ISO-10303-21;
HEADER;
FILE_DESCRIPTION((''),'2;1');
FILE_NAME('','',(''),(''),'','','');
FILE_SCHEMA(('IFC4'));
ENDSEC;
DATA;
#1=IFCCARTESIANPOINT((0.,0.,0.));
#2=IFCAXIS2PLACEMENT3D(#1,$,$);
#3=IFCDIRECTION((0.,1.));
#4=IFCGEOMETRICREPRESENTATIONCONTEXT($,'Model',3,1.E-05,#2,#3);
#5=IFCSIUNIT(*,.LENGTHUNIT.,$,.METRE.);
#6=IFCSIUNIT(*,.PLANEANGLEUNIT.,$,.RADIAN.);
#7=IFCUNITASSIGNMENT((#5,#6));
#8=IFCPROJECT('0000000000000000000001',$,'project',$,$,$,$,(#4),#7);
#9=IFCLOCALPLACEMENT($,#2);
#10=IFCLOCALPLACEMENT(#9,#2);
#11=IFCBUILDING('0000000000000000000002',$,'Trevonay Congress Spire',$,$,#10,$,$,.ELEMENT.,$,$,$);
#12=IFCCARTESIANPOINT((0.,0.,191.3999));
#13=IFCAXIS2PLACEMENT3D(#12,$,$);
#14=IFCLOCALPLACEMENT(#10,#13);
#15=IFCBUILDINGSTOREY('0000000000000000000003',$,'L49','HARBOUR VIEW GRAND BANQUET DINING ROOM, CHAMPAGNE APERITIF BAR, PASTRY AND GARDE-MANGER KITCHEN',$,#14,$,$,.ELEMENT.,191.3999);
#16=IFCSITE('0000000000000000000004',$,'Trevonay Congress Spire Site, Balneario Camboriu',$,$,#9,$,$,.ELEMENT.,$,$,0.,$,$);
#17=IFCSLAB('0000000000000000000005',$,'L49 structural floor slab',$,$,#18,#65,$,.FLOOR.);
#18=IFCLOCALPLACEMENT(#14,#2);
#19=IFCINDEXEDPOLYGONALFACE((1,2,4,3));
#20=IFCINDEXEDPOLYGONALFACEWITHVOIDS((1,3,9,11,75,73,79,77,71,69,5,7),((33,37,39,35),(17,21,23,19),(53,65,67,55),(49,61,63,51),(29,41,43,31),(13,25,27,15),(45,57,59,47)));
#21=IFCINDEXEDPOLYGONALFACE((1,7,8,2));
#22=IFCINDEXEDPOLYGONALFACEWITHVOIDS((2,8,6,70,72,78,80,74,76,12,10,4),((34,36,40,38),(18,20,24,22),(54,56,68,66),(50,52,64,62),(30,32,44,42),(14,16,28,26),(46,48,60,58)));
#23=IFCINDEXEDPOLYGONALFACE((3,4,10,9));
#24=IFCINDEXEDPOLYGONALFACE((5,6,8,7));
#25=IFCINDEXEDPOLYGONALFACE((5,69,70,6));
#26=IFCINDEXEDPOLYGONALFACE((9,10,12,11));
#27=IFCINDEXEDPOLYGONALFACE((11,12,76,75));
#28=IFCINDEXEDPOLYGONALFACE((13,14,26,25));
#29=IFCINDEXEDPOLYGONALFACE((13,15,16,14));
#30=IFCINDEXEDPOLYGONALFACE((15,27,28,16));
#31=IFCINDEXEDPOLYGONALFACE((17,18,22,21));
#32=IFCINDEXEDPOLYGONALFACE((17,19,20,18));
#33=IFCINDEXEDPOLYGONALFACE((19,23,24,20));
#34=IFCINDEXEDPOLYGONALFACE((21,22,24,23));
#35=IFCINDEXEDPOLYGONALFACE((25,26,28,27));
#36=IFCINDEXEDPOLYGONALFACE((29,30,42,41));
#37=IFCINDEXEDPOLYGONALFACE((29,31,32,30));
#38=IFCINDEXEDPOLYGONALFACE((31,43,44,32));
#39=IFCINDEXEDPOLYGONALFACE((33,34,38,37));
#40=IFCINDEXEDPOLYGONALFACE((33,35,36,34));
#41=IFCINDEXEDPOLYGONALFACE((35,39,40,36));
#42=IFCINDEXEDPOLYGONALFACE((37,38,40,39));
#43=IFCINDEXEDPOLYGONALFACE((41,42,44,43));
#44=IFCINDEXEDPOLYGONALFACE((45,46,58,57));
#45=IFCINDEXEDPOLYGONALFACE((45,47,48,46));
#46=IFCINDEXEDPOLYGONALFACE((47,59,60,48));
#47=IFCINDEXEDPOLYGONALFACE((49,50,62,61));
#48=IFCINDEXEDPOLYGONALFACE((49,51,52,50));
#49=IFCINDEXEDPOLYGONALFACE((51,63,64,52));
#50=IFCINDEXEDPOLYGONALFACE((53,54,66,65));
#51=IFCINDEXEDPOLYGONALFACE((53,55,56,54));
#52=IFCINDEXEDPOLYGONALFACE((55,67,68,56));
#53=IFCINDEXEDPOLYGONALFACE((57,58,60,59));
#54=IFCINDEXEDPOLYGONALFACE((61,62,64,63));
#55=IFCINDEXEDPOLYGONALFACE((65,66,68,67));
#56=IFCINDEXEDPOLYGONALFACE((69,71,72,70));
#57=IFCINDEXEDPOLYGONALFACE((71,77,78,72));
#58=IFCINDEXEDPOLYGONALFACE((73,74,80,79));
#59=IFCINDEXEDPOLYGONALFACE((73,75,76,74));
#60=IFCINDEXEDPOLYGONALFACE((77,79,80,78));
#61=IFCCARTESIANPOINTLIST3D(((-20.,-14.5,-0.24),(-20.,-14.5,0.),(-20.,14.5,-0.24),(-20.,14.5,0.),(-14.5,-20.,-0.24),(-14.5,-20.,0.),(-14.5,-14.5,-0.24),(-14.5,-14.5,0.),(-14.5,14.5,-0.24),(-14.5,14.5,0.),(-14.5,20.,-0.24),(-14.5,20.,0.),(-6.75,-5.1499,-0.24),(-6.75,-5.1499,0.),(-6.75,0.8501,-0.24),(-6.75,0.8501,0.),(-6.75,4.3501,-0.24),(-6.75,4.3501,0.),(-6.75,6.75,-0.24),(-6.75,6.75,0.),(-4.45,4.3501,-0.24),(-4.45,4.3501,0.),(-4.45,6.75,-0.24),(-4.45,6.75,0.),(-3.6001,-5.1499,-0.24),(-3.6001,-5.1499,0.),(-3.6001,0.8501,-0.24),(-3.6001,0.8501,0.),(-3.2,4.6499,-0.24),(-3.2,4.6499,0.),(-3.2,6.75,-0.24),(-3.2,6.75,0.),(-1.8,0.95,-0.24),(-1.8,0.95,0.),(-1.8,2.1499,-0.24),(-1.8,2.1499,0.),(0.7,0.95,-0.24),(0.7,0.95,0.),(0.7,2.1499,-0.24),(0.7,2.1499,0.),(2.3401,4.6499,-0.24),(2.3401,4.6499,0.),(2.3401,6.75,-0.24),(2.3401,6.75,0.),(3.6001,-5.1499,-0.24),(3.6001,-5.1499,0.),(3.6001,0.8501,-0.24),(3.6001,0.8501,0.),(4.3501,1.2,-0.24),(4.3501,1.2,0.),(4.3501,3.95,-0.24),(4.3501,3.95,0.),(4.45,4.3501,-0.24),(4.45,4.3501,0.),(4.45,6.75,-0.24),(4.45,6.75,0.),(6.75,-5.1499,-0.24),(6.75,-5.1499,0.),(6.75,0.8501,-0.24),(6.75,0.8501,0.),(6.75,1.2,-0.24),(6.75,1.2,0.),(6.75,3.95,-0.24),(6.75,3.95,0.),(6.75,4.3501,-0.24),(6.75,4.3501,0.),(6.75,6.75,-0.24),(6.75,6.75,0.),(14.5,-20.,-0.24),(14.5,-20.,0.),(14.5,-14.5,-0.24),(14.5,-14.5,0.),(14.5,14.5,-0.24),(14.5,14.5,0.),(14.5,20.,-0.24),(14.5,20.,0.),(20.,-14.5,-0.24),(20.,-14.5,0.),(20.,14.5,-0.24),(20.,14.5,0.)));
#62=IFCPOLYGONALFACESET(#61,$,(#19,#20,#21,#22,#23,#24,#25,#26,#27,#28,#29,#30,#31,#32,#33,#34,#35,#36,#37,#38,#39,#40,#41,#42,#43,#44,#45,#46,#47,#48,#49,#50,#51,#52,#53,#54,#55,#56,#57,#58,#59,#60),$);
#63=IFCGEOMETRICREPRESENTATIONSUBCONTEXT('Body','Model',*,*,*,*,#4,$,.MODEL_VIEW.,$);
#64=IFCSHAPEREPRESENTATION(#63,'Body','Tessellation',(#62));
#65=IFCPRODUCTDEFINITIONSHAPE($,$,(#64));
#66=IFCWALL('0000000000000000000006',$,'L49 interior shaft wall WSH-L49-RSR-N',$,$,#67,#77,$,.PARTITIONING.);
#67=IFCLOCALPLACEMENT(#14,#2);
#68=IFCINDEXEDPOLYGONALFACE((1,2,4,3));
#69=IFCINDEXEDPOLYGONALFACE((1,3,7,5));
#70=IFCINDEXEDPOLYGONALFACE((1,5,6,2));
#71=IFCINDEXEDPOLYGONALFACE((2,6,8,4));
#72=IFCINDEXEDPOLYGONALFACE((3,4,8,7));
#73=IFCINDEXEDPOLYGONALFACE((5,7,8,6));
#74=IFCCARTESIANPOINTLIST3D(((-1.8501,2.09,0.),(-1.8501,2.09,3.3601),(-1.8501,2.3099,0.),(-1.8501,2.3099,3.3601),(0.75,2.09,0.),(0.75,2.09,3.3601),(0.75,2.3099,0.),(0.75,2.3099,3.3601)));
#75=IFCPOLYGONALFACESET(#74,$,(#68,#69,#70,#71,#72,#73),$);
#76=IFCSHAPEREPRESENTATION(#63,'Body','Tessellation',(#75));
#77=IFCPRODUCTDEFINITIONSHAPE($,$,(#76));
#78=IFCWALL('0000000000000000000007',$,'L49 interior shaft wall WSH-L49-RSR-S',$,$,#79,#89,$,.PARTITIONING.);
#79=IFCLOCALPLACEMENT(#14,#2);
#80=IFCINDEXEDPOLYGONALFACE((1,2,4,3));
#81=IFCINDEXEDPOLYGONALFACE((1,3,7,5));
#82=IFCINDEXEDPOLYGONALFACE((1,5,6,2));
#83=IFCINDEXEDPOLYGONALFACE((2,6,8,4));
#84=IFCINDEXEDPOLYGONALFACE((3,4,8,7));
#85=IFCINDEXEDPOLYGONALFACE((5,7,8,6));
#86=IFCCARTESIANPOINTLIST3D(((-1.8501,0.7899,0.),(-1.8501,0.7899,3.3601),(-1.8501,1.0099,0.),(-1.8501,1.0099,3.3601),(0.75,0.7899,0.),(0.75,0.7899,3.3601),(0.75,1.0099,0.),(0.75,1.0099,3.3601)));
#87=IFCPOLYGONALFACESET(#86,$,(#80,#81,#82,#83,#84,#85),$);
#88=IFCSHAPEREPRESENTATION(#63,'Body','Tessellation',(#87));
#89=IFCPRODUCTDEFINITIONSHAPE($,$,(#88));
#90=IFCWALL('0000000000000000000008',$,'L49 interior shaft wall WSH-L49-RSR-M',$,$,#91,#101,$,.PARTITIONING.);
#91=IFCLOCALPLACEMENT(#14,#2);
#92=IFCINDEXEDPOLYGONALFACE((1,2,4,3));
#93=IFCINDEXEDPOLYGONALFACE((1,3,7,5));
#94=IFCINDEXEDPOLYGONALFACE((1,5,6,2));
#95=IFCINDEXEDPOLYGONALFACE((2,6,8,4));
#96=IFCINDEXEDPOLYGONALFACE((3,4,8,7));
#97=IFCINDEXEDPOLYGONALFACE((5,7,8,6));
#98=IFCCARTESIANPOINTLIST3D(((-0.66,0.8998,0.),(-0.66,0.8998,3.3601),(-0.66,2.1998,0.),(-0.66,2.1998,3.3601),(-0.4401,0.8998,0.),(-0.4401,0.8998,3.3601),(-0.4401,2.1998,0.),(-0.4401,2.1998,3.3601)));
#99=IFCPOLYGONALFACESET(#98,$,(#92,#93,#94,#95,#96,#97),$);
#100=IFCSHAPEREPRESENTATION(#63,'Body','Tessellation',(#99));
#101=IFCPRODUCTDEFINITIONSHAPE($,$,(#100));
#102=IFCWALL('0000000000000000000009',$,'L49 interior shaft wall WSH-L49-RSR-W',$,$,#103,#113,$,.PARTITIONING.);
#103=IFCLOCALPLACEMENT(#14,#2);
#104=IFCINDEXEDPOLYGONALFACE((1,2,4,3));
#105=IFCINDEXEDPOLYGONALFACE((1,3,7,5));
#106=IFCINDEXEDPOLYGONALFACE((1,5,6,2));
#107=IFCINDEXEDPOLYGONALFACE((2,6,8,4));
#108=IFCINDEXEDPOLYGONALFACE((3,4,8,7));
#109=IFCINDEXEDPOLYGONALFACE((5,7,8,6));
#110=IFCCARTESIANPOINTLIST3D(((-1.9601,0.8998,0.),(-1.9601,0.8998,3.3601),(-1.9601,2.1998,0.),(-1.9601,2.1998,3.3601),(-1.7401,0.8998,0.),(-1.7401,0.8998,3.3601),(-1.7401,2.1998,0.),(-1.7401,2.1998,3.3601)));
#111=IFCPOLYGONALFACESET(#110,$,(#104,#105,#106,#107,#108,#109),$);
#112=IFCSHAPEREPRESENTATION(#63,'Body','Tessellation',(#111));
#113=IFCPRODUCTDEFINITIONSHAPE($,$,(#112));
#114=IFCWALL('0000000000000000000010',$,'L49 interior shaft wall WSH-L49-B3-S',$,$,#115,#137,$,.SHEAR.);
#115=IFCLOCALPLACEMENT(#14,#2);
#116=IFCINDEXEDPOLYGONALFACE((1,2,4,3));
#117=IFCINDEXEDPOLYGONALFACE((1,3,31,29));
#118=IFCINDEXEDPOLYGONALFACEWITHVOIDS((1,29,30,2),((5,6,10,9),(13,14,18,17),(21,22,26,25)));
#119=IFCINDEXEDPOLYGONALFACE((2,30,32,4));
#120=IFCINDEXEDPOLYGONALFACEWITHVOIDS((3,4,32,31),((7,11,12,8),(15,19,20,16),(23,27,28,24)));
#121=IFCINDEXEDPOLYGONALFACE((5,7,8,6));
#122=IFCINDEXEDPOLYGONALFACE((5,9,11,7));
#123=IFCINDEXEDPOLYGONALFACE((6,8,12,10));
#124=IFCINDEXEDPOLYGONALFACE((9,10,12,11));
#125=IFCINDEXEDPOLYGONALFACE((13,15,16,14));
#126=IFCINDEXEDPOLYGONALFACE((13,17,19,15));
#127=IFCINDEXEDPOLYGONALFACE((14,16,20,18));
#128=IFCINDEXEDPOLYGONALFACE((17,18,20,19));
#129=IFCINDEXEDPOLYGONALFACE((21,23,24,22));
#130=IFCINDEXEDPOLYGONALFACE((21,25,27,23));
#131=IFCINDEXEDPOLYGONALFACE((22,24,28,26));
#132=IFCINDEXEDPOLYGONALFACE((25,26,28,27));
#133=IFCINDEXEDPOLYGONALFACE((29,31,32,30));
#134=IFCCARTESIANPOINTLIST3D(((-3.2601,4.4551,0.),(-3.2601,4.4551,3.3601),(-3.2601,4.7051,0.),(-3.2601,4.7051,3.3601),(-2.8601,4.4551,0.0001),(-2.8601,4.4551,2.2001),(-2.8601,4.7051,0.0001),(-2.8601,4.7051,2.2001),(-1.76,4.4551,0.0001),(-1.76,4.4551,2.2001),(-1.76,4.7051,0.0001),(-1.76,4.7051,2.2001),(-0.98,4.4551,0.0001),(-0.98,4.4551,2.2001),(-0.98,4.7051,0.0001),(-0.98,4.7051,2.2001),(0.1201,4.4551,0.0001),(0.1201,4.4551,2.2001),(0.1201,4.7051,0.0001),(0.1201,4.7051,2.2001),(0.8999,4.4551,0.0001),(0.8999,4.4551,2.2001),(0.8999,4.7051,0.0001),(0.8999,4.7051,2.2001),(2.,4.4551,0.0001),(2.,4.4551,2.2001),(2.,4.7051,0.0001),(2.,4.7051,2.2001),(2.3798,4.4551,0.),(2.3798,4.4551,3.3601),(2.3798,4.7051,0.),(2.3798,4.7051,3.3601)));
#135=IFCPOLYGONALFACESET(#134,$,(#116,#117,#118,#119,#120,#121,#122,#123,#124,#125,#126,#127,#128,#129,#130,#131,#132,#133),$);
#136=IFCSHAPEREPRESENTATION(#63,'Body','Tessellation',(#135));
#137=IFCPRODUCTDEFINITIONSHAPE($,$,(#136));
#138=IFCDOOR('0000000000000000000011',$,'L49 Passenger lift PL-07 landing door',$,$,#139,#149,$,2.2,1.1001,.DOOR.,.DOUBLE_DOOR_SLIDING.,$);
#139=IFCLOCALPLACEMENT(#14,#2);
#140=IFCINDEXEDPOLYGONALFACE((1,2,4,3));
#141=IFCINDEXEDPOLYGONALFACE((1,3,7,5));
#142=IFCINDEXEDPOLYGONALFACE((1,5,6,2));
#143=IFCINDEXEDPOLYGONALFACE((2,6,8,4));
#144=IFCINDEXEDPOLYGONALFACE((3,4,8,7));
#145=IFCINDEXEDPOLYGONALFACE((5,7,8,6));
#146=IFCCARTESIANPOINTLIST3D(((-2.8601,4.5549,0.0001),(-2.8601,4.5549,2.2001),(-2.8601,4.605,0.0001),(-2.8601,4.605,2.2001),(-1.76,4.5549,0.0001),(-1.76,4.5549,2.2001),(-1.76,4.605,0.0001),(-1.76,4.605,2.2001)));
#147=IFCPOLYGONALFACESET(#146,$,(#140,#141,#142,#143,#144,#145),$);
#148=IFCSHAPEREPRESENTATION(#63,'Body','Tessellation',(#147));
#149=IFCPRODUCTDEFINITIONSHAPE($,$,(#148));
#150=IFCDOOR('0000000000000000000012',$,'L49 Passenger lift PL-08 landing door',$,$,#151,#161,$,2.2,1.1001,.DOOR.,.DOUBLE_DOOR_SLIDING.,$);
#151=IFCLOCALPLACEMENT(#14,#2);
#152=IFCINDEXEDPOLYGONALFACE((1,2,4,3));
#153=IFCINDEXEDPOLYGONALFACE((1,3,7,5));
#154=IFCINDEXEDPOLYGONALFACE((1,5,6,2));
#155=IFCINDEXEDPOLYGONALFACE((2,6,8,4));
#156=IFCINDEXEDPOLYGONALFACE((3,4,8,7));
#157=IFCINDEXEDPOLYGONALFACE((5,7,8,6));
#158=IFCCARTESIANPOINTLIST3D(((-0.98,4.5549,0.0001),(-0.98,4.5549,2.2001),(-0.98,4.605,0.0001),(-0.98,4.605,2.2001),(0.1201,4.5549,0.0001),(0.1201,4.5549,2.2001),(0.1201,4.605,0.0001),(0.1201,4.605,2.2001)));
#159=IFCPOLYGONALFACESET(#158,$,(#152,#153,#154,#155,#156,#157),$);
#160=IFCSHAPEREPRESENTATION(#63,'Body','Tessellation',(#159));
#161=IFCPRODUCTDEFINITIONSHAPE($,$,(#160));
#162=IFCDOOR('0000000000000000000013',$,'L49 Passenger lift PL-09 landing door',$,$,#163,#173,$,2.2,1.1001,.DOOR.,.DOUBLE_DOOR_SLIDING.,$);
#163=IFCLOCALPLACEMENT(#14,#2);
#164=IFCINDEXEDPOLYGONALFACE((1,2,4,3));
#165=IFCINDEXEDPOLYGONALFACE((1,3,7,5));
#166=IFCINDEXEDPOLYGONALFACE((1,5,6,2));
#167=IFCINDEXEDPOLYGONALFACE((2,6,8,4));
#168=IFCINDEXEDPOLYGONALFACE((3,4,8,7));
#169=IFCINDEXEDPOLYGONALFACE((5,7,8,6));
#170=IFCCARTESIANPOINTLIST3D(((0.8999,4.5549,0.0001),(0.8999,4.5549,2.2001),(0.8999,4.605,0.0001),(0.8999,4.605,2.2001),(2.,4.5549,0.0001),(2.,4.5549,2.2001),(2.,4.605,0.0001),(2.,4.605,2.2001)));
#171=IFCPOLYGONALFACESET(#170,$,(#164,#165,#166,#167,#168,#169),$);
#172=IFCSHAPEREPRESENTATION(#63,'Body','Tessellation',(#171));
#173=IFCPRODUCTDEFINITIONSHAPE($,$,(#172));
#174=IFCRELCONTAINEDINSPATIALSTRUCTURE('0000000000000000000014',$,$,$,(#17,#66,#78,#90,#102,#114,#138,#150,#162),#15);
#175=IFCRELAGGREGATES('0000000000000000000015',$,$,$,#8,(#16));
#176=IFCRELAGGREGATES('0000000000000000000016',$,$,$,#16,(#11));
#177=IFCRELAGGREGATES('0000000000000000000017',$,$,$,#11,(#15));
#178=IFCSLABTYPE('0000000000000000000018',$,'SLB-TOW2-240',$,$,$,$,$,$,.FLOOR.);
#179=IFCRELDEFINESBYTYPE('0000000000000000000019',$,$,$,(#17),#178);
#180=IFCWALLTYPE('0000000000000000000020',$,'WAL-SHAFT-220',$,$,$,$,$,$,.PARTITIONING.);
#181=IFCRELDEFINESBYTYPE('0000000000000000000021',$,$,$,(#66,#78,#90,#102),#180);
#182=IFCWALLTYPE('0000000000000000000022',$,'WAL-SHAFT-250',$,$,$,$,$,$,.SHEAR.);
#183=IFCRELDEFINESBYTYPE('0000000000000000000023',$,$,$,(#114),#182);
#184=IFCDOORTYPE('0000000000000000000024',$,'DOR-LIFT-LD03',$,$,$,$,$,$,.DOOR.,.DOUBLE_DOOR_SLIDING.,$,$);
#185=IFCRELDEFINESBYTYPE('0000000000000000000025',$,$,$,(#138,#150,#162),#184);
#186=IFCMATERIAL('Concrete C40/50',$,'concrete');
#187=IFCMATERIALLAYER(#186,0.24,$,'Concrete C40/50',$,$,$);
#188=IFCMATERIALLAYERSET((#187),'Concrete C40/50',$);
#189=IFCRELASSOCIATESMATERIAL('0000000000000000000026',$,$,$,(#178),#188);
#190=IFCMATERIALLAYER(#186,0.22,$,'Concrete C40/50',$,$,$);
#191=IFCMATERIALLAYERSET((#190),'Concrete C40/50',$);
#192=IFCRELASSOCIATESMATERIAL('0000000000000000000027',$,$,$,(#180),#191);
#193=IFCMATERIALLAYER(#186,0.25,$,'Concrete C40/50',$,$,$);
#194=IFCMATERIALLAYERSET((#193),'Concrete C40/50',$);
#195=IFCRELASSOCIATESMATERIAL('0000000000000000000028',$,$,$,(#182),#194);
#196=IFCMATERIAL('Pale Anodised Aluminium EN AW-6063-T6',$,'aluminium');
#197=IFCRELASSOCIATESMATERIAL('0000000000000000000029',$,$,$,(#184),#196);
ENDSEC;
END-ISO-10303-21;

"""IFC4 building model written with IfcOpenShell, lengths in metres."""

from ifc_helpers import new_model, si_unit, direction, frame, frame_2d, origin, place, context, subcontext, project, spatial, polyline, rectangle, outline, extrude, material, layer, layer_set, type_object, element, fill, save


model = new_model("IFC4")

# Units and contexts
model_context = context("Model", 3, precision=1e-05, world=origin(), true_north=direction((0.0, 1.0)))
body_context = subcontext(model_context, "Body", "Model", "MODEL_VIEW")
ifc_project = project(units=[si_unit("LENGTHUNIT", "METRE"), si_unit("PLANEANGLEUNIT", "RADIAN")], contexts=[model_context])

# Site, building, storey
site_placement = place(None, origin())
site = spatial("IfcSite", under=ifc_project, at=site_placement, Name="Trevonay Congress Spire Site, Balneario Camboriu", CompositionType="ELEMENT", RefElevation=0.0)
building_placement = place(site_placement, origin())
building = spatial("IfcBuilding", under=site, at=building_placement, Name="Trevonay Congress Spire", CompositionType="ELEMENT")
storey_placement = place(building_placement, frame((0.0, 0.0, 191.3999)))
storey = spatial("IfcBuildingStorey", under=building, at=storey_placement, Name="L49", Description="HARBOUR VIEW GRAND BANQUET DINING ROOM, CHAMPAGNE APERITIF BAR, PASTRY AND GARDE-MANGER KITCHEN", CompositionType="ELEMENT", Elevation=191.3999)

# Shared definitions
ifc_material_1 = material(Name="Concrete C40/50", Category="concrete")

# Slab
ifc_layer_1 = layer(ifc_material_1, 0.24, Name="Concrete C40/50")
ifc_layer_set_1 = layer_set([ifc_layer_1], Name="Concrete C40/50")
slab_type_1 = type_object("IfcSlabType", Name="SLB-TOW2-240", PredefinedType="FLOOR", material=ifc_layer_set_1)
slab_1_placement = place(storey_placement, frame((0.0, 0.0, -0.24)))
element("IfcSlab", 1, at=slab_1_placement, inside=storey, type_object=slab_type_1, Name="L49 structural floor slab", PredefinedType="FLOOR", context=body_context, shape_type="SweptSolid", body=[
    extrude(outline(polyline([(-14.5, -20.0), (14.5, -20.0), (14.5, -14.5), (20.0, -14.5), (20.0, 14.5), (14.5, 14.5), (14.5, 20.0), (-14.5, 20.0), (-14.5, 14.5), (-20.0, 14.5), (-20.0, -14.5), (-14.5, -14.5), (-14.5, -20.0)]), holes=[polyline([(-3.6001, -5.1499), (-3.6001, 0.8501), (-6.75, 0.8501), (-6.75, -5.1499), (-3.6001, -5.1499)]), polyline([(6.75, -5.1499), (6.75, 0.8501), (3.6001, 0.8501), (3.6001, -5.1499), (6.75, -5.1499)]), polyline([(-3.2, 4.6499), (2.3401, 4.6499), (2.3401, 6.75), (-3.2, 6.75), (-3.2, 4.6499)]), polyline([(-6.75, 4.3501), (-4.45, 4.3501), (-4.45, 6.75), (-6.75, 6.75), (-6.75, 4.3501)]), polyline([(4.45, 4.3501), (6.75, 4.3501), (6.75, 6.75), (4.45, 6.75), (4.45, 4.3501)]), polyline([(4.3501, 1.2), (6.75, 1.2), (6.75, 3.95), (4.3501, 3.95), (4.3501, 1.2)]), polyline([(-1.8, 0.95), (0.7, 0.95), (0.7, 2.1499), (-1.8, 2.1499), (-1.8, 0.95)])]), origin(), (0.0, 0.0, 1.0), 0.24),
])

# Walls
ifc_layer_2 = layer(ifc_material_1, 0.22, Name="Concrete C40/50")
ifc_layer_set_2 = layer_set([ifc_layer_2], Name="Concrete C40/50")
wall_type_1 = type_object("IfcWallType", Name="WAL-SHAFT-220", PredefinedType="PARTITIONING", material=ifc_layer_set_2)
for number, where, z_axis, x_axis, name in (
    (2, (-1.8501, 2.2, 0.0), (0.0, 0.0, 1.0), (1.0, 0.0, 0.0), "L49 interior shaft wall WSH-L49-RSR-N"),
    (3, (-1.8501, 0.8999, 0.0), (0.0, 0.0, 1.0), (1.0, 0.0, 0.0), "L49 interior shaft wall WSH-L49-RSR-S"),
):
    element("IfcWall", number, at=place(storey_placement, frame(where, z_axis=z_axis, x_axis=x_axis)), inside=storey, type_object=wall_type_1, Name=name, PredefinedType="PARTITIONING", context=body_context, shape_type="SweptSolid", body=[
        extrude(rectangle(XDim=2.6001, YDim=0.22, at=frame_2d((1.3, 0.0))), origin(), (0.0, 0.0, 1.0), 3.3601),
    ])
for number, where, z_axis, x_axis, name in (
    (4, (-0.55, 0.8999, 0.0), (0.0, 0.0, 1.0), (0.0, 1.0, 0.0), "L49 interior shaft wall WSH-L49-RSR-M"),
    (5, (-1.8501, 0.8999, 0.0), (0.0, 0.0, 1.0), (0.0, 1.0, 0.0), "L49 interior shaft wall WSH-L49-RSR-W"),
):
    element("IfcWall", number, at=place(storey_placement, frame(where, z_axis=z_axis, x_axis=x_axis)), inside=storey, type_object=wall_type_1, Name=name, PredefinedType="PARTITIONING", context=body_context, shape_type="SweptSolid", body=[
        extrude(rectangle(XDim=1.3, YDim=0.22, at=frame_2d((0.6499, 0.0))), origin(), (0.0, 0.0, 1.0), 3.3601),
    ])

# Wall, openings, doors
ifc_layer_3 = layer(ifc_material_1, 0.25, Name="Concrete C40/50")
ifc_layer_set_3 = layer_set([ifc_layer_3], Name="Concrete C40/50")
wall_type_2 = type_object("IfcWallType", Name="WAL-SHAFT-250", PredefinedType="SHEAR", material=ifc_layer_set_3)
wall_1_placement = place(storey_placement, frame((-3.26, 4.5801, 0.0), z_axis=(0.0, 0.0, 1.0), x_axis=(1.0, 0.0, 0.0)))
wall_1 = element("IfcWall", 6, at=wall_1_placement, inside=storey, type_object=wall_type_2, Name="L49 interior shaft wall WSH-L49-B3-S", PredefinedType="SHEAR", context=body_context, shape_type="SweptSolid", body=[
    extrude(rectangle(XDim=5.6399, YDim=0.25, at=frame_2d((2.8198, 0.0))), origin(), (0.0, 0.0, 1.0), 3.3601),
])
opening_1_placement = place(wall_1_placement, frame((0.3999, 0.0, 0.0)))
opening_1 = element("IfcOpeningElement", 7, at=opening_1_placement, cuts=wall_1, PredefinedType="OPENING", context=body_context, shape_type="SweptSolid", body=[
    extrude(rectangle(XDim=1.1001, YDim=2.2, at=frame_2d((0.55, 1.1001))), frame((0.0, 0.135, 0.0), z_axis=(0.0, -1.0, 0.0), x_axis=(1.0, 0.0, 0.0)), (0.0, 0.0, 1.0), 0.27),
])
opening_2_placement = place(wall_1_placement, frame((2.28, 0.0, 0.0)))
opening_2 = element("IfcOpeningElement", 8, at=opening_2_placement, cuts=wall_1, PredefinedType="OPENING", context=body_context, shape_type="SweptSolid", body=[
    extrude(rectangle(XDim=1.1001, YDim=2.2, at=frame_2d((0.55, 1.1001))), frame((0.0, 0.135, 0.0), z_axis=(0.0, -1.0, 0.0), x_axis=(1.0, 0.0, 0.0)), (0.0, 0.0, 1.0), 0.27),
])
opening_3_placement = place(wall_1_placement, frame((4.1599, 0.0, 0.0)))
opening_3 = element("IfcOpeningElement", 9, at=opening_3_placement, cuts=wall_1, PredefinedType="OPENING", context=body_context, shape_type="SweptSolid", body=[
    extrude(rectangle(XDim=1.1001, YDim=2.2, at=frame_2d((0.55, 1.1001))), frame((0.0, 0.135, 0.0), z_axis=(0.0, -1.0, 0.0), x_axis=(1.0, 0.0, 0.0)), (0.0, 0.0, 1.0), 0.27),
])
ifc_material_2 = material(Name="Pale Anodised Aluminium EN AW-6063-T6", Category="aluminium")
door_type_1 = type_object("IfcDoorType", Name="DOR-LIFT-LD03", OperationType="DOUBLE_DOOR_SLIDING", PredefinedType="DOOR", material=ifc_material_2)
door_1_placement = place(opening_1_placement, origin())
door_1 = element("IfcDoor", 10, at=door_1_placement, inside=storey, type_object=door_type_1, Name="L49 Passenger lift PL-07 landing door", OperationType="DOUBLE_DOOR_SLIDING", OverallHeight=2.2, OverallWidth=1.1001, PredefinedType="DOOR", context=body_context, shape_type="SweptSolid", body=[
    extrude(rectangle(XDim=1.1001, YDim=2.2, at=frame_2d((0.55, 1.1001))), frame((0.0, 0.0249, 0.0), z_axis=(0.0, -1.0, 0.0), x_axis=(1.0, 0.0, 0.0)), (0.0, 0.0, 1.0), 0.05),
])
fill(opening_1, door_1)
door_2_placement = place(opening_2_placement, origin())
door_2 = element("IfcDoor", 11, at=door_2_placement, inside=storey, type_object=door_type_1, Name="L49 Passenger lift PL-08 landing door", OperationType="DOUBLE_DOOR_SLIDING", OverallHeight=2.2, OverallWidth=1.1001, PredefinedType="DOOR", context=body_context, shape_type="SweptSolid", body=[
    extrude(rectangle(XDim=1.1001, YDim=2.2, at=frame_2d((0.55, 1.1001))), frame((0.0, 0.0249, 0.0), z_axis=(0.0, -1.0, 0.0), x_axis=(1.0, 0.0, 0.0)), (0.0, 0.0, 1.0), 0.05),
])
fill(opening_2, door_2)
door_3_placement = place(opening_3_placement, origin())
door_3 = element("IfcDoor", 12, at=door_3_placement, inside=storey, type_object=door_type_1, Name="L49 Passenger lift PL-09 landing door", OperationType="DOUBLE_DOOR_SLIDING", OverallHeight=2.2, OverallWidth=1.1001, PredefinedType="DOOR", context=body_context, shape_type="SweptSolid", body=[
    extrude(rectangle(XDim=1.1001, YDim=2.2, at=frame_2d((0.55, 1.1001))), frame((0.0, 0.0249, 0.0), z_axis=(0.0, -1.0, 0.0), x_axis=(1.0, 0.0, 0.0)), (0.0, 0.0, 1.0), 0.05),
])
fill(opening_3, door_3)

save(model, "model.ifc")
